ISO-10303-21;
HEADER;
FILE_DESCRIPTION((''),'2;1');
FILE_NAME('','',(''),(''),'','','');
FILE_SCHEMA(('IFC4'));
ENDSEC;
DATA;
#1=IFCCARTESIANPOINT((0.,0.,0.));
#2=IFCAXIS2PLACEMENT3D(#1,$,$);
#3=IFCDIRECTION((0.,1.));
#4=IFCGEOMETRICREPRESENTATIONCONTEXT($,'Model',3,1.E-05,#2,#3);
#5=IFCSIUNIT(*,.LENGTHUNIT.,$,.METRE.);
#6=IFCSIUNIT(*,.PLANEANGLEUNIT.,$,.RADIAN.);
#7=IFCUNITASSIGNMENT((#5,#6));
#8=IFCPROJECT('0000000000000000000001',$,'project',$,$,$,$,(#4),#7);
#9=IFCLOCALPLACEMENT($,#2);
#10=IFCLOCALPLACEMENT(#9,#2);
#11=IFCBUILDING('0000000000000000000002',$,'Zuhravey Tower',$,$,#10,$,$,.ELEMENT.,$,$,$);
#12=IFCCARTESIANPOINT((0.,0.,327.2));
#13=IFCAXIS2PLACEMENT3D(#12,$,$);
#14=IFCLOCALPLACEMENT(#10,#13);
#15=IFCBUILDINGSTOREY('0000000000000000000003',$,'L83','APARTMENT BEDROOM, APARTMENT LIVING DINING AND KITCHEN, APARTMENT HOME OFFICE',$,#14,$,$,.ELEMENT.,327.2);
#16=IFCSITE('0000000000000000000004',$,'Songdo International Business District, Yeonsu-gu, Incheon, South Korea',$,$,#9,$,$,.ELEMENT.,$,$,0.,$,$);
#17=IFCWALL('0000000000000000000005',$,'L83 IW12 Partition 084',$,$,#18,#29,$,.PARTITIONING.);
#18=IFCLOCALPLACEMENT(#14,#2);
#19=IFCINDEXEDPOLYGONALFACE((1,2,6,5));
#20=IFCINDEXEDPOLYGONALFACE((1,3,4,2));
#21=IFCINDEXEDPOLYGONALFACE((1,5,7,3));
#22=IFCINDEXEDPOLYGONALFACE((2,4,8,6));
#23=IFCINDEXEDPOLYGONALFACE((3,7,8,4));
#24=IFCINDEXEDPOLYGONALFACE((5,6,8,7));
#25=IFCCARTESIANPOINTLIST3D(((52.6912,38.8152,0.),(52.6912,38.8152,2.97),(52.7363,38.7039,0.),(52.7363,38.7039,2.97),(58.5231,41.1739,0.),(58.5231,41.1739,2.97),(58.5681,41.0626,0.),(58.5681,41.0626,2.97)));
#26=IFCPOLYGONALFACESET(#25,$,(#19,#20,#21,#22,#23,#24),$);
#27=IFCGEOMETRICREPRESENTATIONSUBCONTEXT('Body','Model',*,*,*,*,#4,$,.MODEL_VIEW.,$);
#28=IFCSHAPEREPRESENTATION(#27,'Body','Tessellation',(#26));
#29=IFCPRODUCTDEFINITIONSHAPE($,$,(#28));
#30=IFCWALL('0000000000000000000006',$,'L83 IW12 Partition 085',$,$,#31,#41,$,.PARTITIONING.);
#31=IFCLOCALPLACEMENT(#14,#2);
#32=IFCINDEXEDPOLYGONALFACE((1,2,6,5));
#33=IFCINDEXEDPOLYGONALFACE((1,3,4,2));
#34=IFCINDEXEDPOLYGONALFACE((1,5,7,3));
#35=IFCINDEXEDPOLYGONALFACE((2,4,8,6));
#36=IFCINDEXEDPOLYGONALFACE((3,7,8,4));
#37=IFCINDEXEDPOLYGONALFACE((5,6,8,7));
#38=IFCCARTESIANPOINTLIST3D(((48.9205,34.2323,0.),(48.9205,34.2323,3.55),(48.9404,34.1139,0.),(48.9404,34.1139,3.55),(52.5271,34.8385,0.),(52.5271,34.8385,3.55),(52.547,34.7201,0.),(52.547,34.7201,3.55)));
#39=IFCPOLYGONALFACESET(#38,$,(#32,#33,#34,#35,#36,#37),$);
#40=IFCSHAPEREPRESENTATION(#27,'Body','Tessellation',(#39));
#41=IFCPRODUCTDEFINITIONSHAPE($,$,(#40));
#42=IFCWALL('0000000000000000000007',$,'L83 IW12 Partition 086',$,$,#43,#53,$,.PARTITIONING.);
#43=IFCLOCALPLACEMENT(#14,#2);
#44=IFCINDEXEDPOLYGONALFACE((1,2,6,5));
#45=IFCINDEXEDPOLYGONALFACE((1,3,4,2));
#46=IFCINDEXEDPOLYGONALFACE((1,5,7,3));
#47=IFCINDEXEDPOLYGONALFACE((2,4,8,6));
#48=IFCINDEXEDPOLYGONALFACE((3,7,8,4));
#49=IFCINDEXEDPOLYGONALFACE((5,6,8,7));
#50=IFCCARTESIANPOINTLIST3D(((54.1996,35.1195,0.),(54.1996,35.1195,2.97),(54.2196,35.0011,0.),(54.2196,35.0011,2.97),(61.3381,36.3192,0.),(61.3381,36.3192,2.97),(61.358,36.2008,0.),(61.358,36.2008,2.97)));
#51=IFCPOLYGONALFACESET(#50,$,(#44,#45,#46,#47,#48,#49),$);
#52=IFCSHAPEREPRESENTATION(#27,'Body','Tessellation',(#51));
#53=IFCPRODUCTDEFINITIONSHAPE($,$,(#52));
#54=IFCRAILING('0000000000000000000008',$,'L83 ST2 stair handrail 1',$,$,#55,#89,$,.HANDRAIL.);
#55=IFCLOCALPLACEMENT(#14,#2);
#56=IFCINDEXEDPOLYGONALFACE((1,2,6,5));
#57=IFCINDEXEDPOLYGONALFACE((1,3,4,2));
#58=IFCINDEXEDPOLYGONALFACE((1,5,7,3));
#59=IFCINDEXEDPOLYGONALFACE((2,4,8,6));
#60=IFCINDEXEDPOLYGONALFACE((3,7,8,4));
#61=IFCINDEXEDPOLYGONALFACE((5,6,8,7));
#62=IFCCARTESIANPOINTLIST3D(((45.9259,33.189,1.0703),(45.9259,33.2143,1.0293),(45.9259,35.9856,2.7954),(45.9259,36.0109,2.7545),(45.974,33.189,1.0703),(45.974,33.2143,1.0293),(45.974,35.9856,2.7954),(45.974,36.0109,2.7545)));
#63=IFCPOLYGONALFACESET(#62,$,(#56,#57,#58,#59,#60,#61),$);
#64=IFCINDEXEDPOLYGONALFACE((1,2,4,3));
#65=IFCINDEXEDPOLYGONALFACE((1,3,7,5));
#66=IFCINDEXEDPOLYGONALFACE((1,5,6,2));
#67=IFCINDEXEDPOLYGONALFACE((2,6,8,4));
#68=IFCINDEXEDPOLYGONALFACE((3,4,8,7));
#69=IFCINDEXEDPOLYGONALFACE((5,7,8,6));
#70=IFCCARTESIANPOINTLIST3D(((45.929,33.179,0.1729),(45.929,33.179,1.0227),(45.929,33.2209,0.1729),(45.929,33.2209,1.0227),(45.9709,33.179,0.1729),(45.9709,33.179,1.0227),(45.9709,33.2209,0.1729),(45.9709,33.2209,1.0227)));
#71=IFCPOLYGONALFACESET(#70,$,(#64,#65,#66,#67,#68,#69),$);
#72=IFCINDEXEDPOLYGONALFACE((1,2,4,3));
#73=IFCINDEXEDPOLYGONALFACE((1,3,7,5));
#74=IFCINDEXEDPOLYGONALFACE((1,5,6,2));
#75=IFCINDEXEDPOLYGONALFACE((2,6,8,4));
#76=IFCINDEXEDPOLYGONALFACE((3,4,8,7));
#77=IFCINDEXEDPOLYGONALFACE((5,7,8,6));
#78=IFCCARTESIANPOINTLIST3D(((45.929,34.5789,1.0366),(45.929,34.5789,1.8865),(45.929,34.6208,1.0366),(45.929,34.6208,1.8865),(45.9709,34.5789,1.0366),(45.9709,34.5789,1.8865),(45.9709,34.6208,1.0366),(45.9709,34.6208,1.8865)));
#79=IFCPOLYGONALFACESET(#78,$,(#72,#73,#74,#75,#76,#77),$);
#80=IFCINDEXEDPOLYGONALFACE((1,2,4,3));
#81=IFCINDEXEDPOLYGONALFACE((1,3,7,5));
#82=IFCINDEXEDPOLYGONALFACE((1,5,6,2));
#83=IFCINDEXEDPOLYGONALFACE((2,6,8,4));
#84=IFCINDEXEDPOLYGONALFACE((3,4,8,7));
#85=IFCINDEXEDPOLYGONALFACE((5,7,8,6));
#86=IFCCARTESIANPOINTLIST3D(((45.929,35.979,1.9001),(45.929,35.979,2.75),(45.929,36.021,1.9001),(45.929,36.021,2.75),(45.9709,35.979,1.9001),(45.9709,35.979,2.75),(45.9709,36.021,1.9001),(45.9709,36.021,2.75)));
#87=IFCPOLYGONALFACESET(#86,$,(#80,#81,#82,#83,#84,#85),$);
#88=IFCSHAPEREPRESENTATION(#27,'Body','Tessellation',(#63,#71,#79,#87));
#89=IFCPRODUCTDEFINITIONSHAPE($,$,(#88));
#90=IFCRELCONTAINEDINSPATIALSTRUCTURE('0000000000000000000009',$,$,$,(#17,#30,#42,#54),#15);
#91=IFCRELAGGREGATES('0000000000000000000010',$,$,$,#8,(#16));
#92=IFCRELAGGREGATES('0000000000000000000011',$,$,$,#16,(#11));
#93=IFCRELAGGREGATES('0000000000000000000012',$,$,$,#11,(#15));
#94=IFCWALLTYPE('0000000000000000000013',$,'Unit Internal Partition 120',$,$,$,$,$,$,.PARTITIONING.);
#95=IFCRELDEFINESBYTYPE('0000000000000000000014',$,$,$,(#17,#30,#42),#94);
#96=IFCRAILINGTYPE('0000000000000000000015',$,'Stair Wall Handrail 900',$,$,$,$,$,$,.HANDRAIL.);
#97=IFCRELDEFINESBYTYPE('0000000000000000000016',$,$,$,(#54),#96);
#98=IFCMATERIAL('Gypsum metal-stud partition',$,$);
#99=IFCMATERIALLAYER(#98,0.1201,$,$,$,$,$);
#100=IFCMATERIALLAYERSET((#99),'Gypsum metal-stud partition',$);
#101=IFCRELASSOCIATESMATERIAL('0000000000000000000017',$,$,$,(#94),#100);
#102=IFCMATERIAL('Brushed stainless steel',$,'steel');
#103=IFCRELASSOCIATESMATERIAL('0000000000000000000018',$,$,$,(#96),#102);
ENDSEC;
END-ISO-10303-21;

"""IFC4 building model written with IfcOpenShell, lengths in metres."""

from ifc_helpers import new_model, si_unit, direction, frame, frame_2d, origin, origin_2d, place, context, subcontext, project, spatial, rectangle, extrude, material, layer, layer_set, type_object, element, save


model = new_model("IFC4")

# Units and contexts
model_context = context("Model", 3, precision=1e-05, world=origin(), true_north=direction((0.0, 1.0)))
body_context = subcontext(model_context, "Body", "Model", "MODEL_VIEW")
ifc_project = project(units=[si_unit("LENGTHUNIT", "METRE"), si_unit("PLANEANGLEUNIT", "RADIAN")], contexts=[model_context])

# Site, building, storey
site_placement = place(None, origin())
site = spatial("IfcSite", under=ifc_project, at=site_placement, Name="Songdo International Business District, Yeonsu-gu, Incheon, South Korea", CompositionType="ELEMENT", RefElevation=0.0)
building_placement = place(site_placement, origin())
building = spatial("IfcBuilding", under=site, at=building_placement, Name="Zuhravey Tower", CompositionType="ELEMENT")
storey_placement = place(building_placement, frame((0.0, 0.0, 327.2)))
storey = spatial("IfcBuildingStorey", under=building, at=storey_placement, Name="L83", Description="APARTMENT BEDROOM, APARTMENT LIVING DINING AND KITCHEN, APARTMENT HOME OFFICE", CompositionType="ELEMENT", Elevation=327.2)

# Shared definitions
ifc_material_1 = material(Name="Gypsum metal-stud partition")
ifc_layer_1 = layer(ifc_material_1, 0.1201)
ifc_layer_set_1 = layer_set([ifc_layer_1], Name="Gypsum metal-stud partition")
wall_type_1 = type_object("IfcWallType", Name="Unit Internal Partition 120", PredefinedType="PARTITIONING", material=ifc_layer_set_1)

# Walls
wall_1_placement = place(storey_placement, frame((52.7136, 38.7595, 0.0), z_axis=(0.0, 0.0, 1.0), x_axis=(0.927049, 0.374941, 0.0)))
element("IfcWall", 1, at=wall_1_placement, inside=storey, type_object=wall_type_1, Name="L83 IW12 Partition 084", PredefinedType="PARTITIONING", context=body_context, shape_type="SweptSolid", body=[
    extrude(rectangle(XDim=6.2908, YDim=0.1201, at=frame_2d((3.1455, 0.0))), origin(), (0.0, 0.0, 1.0), 2.97),
])
wall_2_placement = place(storey_placement, frame((48.9304, 34.1731, 0.0), z_axis=(0.0, 0.0, 1.0), x_axis=(0.986167, 0.165752, 0.0)))
element("IfcWall", 2, at=wall_2_placement, inside=storey, type_object=wall_type_1, Name="L83 IW12 Partition 085", PredefinedType="PARTITIONING", context=body_context, shape_type="SweptSolid", body=[
    extrude(rectangle(XDim=3.6572, YDim=0.1201, at=frame_2d((1.8286, 0.0))), origin(), (0.0, 0.0, 1.0), 3.55),
])
wall_3_placement = place(storey_placement, frame((54.2097, 35.0603, 0.0), z_axis=(0.0, 0.0, 1.0), x_axis=(0.98617, 0.165739, 0.0)))
element("IfcWall", 3, at=wall_3_placement, inside=storey, type_object=wall_type_1, Name="L83 IW12 Partition 086", PredefinedType="PARTITIONING", context=body_context, shape_type="SweptSolid", body=[
    extrude(rectangle(XDim=7.2385, YDim=0.1201, at=frame_2d((3.6191, 0.0))), origin(), (0.0, 0.0, 1.0), 2.97),
])

# Railing
ifc_material_2 = material(Name="Brushed stainless steel", Category="steel")
railing_type = type_object("IfcRailingType", Name="Stair Wall Handrail 900", PredefinedType="HANDRAIL", material=ifc_material_2)
railing_placement = place(storey_placement, frame((45.95, 33.2, 0.1729)))
element("IfcRailing", 4, at=railing_placement, inside=storey, type_object=railing_type, Name="L83 ST2 stair handrail 1", PredefinedType="HANDRAIL", context=body_context, shape_type="SweptSolid", body=[
    extrude(rectangle(XDim=0.0481, YDim=0.0481, at=origin_2d()), frame((0.0, 0.0017, 0.877), z_axis=(0.0, 0.85109, 0.52502), x_axis=(-1.0, 0.0, 0.0)), (0.0, 0.0, 1.0), 3.2859),
    extrude(rectangle(XDim=0.042, YDim=0.042, at=origin_2d()), origin(), (0.0, 0.0, 1.0), 0.8499),
    extrude(rectangle(XDim=0.042, YDim=0.042, at=origin_2d()), frame((0.0, 1.3999, 0.8638)), (0.0, 0.0, 1.0), 0.8499),
    extrude(rectangle(XDim=0.042, YDim=0.042, at=origin_2d()), frame((0.0, 2.8, 1.7273)), (0.0, 0.0, 1.0), 0.8499),
])

save(model, "model.ifc")
